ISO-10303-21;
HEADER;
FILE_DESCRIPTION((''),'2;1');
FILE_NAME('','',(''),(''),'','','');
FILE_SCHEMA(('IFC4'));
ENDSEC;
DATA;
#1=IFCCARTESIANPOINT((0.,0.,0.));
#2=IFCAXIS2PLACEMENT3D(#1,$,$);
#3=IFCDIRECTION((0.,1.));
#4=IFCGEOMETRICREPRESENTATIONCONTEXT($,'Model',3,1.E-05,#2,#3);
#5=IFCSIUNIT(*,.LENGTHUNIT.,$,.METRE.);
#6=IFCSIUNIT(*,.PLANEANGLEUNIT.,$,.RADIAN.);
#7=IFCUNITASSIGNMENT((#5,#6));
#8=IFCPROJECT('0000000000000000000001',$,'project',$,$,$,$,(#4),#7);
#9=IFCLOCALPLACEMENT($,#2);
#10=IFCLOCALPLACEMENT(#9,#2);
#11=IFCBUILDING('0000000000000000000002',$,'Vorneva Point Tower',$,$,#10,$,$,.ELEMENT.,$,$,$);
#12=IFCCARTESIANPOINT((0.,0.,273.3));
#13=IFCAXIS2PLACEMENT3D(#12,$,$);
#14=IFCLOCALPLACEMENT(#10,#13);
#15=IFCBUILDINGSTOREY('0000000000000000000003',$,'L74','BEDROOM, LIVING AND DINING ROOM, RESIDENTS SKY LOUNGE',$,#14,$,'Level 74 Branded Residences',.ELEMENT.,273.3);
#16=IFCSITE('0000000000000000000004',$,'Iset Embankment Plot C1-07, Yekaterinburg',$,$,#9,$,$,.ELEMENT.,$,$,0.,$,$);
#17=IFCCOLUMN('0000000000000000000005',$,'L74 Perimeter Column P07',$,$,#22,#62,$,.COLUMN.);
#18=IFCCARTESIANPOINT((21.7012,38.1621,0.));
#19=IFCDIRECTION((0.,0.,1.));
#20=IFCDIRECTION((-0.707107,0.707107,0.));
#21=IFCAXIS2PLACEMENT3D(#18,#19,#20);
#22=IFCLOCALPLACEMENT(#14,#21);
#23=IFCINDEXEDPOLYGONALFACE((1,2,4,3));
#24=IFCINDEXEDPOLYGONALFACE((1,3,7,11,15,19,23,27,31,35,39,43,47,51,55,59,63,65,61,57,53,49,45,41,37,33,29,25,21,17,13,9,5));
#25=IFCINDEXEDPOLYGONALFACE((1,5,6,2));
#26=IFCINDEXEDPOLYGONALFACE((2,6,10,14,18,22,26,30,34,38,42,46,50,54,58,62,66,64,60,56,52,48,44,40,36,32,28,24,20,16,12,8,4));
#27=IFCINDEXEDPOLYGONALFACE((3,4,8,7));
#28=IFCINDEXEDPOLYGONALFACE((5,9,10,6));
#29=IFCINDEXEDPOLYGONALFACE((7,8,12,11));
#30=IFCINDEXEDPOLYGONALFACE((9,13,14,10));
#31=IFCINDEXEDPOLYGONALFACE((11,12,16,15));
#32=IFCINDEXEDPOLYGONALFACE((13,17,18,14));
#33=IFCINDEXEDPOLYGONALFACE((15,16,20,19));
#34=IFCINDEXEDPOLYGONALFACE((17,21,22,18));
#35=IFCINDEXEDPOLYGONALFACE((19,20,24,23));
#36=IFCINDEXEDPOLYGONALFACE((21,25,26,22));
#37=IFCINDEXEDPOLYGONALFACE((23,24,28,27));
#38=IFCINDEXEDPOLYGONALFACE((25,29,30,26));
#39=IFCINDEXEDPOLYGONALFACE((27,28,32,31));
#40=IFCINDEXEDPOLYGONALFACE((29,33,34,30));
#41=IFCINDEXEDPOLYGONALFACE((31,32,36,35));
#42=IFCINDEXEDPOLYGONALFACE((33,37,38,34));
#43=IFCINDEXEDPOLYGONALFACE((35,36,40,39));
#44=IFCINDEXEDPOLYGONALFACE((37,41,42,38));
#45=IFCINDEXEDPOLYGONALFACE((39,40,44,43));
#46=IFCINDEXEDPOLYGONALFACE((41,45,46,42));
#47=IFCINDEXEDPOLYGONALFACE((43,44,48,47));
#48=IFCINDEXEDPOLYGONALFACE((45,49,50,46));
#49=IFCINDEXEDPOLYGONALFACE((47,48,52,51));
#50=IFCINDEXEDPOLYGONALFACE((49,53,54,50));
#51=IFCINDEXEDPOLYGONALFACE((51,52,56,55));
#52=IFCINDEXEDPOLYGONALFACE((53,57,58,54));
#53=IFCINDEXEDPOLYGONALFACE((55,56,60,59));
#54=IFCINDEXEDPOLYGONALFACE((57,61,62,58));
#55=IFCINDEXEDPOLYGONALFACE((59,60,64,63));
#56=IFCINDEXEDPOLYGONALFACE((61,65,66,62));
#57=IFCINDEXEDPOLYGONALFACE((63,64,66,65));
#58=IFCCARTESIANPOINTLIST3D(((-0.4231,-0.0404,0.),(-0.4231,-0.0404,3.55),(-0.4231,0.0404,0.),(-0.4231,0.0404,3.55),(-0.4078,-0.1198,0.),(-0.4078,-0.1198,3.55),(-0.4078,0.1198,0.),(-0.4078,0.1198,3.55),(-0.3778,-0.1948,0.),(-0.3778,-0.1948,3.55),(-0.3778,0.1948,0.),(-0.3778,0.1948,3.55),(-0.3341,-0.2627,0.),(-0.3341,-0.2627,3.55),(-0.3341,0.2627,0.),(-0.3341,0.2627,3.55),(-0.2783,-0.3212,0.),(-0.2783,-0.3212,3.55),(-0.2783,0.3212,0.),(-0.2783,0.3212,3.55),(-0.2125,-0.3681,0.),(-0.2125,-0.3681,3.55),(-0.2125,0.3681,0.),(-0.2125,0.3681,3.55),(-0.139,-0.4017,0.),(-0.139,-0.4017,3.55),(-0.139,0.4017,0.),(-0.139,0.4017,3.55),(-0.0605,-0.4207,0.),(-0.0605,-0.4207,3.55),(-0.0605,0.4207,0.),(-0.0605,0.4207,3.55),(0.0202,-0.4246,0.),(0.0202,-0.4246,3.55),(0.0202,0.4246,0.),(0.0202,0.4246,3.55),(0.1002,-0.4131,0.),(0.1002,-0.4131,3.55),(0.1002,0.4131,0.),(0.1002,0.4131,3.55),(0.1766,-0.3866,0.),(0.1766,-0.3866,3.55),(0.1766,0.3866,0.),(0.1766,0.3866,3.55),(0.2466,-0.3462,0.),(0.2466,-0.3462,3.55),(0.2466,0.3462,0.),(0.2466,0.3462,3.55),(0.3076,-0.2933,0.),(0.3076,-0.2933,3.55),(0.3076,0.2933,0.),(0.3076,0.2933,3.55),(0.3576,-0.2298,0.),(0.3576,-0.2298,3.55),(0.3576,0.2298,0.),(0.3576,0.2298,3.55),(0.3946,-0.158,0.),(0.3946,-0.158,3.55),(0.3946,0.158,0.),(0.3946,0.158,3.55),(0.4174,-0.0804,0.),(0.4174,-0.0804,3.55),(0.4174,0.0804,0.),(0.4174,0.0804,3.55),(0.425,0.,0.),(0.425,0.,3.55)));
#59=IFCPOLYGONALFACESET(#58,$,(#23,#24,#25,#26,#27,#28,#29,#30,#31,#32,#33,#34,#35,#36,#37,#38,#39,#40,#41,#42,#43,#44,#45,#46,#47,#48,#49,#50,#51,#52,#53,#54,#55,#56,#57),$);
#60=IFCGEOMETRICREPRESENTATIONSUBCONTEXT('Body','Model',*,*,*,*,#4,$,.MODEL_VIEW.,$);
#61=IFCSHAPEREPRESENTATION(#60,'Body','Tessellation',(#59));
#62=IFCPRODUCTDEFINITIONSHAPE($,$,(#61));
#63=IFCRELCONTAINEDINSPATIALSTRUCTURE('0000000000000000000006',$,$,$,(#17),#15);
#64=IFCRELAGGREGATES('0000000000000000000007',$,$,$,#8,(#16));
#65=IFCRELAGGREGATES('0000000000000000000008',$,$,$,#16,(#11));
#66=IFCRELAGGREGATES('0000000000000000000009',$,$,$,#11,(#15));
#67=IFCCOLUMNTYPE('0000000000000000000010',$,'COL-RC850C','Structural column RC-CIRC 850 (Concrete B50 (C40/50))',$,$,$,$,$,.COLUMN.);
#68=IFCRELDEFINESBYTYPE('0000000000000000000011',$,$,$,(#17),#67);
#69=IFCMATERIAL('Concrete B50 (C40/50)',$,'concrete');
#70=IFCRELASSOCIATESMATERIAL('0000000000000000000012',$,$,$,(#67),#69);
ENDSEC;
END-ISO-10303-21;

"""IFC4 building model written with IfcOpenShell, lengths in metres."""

from ifc_helpers import new_model, si_unit, direction, frame, origin, origin_2d, place, context, subcontext, project, spatial, circle, extrude, material, material_profile, profile_set, type_object, element, save


model = new_model("IFC4")

# Units and contexts
model_context = context("Model", 3, precision=1e-05, world=origin(), true_north=direction((0.0, 1.0)))
body_context = subcontext(model_context, "Body", "Model", "MODEL_VIEW")
ifc_project = project(units=[si_unit("LENGTHUNIT", "METRE"), si_unit("PLANEANGLEUNIT", "RADIAN")], contexts=[model_context])

# Site, building, storey
site_placement = place(None, origin())
site = spatial("IfcSite", under=ifc_project, at=site_placement, Name="Iset Embankment Plot C1-07, Yekaterinburg", CompositionType="ELEMENT", RefElevation=0.0)
building_placement = place(site_placement, origin())
building = spatial("IfcBuilding", under=site, at=building_placement, Name="Vorneva Point Tower", CompositionType="ELEMENT")
storey_placement = place(building_placement, frame((0.0, 0.0, 273.3)))
storey = spatial("IfcBuildingStorey", under=building, at=storey_placement, Name="L74", Description="BEDROOM, LIVING AND DINING ROOM, RESIDENTS SKY LOUNGE", LongName="Level 74 Branded Residences", CompositionType="ELEMENT", Elevation=273.3)

# Column
ifc_material_1 = material(Name="Concrete B50 (C40/50)", Category="concrete")
ifc_material_profile_1 = material_profile(ifc_material_1, circle(Radius=0.425, at=origin_2d()), Name="RC-CIRC 850")
ifc_profile_set_1 = profile_set([ifc_material_profile_1], Name="Concrete B50 (C40/50)")
column_type = type_object("IfcColumnType", Name="COL-RC850C", Description="Structural column RC-CIRC 850 (Concrete B50 (C40/50))", PredefinedType="COLUMN", material=ifc_profile_set_1)
for number, where, z_axis, x_axis, name in (
    (1, (21.7012, 38.1621, 0.0), (0.0, 0.0, 1.0), (-0.707107, 0.707107, 0.0), "L74 Perimeter Column P07"),
):
    element("IfcColumn", number, at=place(storey_placement, frame(where, z_axis=z_axis, x_axis=x_axis)), inside=storey, type_object=column_type, Name=name, PredefinedType="COLUMN", context=body_context, shape_type="SweptSolid", body=[
        extrude(circle(Radius=0.425, at=origin_2d()), origin(), (0.0, 0.0, 1.0), 3.55),
    ])

save(model, "model.ifc")
